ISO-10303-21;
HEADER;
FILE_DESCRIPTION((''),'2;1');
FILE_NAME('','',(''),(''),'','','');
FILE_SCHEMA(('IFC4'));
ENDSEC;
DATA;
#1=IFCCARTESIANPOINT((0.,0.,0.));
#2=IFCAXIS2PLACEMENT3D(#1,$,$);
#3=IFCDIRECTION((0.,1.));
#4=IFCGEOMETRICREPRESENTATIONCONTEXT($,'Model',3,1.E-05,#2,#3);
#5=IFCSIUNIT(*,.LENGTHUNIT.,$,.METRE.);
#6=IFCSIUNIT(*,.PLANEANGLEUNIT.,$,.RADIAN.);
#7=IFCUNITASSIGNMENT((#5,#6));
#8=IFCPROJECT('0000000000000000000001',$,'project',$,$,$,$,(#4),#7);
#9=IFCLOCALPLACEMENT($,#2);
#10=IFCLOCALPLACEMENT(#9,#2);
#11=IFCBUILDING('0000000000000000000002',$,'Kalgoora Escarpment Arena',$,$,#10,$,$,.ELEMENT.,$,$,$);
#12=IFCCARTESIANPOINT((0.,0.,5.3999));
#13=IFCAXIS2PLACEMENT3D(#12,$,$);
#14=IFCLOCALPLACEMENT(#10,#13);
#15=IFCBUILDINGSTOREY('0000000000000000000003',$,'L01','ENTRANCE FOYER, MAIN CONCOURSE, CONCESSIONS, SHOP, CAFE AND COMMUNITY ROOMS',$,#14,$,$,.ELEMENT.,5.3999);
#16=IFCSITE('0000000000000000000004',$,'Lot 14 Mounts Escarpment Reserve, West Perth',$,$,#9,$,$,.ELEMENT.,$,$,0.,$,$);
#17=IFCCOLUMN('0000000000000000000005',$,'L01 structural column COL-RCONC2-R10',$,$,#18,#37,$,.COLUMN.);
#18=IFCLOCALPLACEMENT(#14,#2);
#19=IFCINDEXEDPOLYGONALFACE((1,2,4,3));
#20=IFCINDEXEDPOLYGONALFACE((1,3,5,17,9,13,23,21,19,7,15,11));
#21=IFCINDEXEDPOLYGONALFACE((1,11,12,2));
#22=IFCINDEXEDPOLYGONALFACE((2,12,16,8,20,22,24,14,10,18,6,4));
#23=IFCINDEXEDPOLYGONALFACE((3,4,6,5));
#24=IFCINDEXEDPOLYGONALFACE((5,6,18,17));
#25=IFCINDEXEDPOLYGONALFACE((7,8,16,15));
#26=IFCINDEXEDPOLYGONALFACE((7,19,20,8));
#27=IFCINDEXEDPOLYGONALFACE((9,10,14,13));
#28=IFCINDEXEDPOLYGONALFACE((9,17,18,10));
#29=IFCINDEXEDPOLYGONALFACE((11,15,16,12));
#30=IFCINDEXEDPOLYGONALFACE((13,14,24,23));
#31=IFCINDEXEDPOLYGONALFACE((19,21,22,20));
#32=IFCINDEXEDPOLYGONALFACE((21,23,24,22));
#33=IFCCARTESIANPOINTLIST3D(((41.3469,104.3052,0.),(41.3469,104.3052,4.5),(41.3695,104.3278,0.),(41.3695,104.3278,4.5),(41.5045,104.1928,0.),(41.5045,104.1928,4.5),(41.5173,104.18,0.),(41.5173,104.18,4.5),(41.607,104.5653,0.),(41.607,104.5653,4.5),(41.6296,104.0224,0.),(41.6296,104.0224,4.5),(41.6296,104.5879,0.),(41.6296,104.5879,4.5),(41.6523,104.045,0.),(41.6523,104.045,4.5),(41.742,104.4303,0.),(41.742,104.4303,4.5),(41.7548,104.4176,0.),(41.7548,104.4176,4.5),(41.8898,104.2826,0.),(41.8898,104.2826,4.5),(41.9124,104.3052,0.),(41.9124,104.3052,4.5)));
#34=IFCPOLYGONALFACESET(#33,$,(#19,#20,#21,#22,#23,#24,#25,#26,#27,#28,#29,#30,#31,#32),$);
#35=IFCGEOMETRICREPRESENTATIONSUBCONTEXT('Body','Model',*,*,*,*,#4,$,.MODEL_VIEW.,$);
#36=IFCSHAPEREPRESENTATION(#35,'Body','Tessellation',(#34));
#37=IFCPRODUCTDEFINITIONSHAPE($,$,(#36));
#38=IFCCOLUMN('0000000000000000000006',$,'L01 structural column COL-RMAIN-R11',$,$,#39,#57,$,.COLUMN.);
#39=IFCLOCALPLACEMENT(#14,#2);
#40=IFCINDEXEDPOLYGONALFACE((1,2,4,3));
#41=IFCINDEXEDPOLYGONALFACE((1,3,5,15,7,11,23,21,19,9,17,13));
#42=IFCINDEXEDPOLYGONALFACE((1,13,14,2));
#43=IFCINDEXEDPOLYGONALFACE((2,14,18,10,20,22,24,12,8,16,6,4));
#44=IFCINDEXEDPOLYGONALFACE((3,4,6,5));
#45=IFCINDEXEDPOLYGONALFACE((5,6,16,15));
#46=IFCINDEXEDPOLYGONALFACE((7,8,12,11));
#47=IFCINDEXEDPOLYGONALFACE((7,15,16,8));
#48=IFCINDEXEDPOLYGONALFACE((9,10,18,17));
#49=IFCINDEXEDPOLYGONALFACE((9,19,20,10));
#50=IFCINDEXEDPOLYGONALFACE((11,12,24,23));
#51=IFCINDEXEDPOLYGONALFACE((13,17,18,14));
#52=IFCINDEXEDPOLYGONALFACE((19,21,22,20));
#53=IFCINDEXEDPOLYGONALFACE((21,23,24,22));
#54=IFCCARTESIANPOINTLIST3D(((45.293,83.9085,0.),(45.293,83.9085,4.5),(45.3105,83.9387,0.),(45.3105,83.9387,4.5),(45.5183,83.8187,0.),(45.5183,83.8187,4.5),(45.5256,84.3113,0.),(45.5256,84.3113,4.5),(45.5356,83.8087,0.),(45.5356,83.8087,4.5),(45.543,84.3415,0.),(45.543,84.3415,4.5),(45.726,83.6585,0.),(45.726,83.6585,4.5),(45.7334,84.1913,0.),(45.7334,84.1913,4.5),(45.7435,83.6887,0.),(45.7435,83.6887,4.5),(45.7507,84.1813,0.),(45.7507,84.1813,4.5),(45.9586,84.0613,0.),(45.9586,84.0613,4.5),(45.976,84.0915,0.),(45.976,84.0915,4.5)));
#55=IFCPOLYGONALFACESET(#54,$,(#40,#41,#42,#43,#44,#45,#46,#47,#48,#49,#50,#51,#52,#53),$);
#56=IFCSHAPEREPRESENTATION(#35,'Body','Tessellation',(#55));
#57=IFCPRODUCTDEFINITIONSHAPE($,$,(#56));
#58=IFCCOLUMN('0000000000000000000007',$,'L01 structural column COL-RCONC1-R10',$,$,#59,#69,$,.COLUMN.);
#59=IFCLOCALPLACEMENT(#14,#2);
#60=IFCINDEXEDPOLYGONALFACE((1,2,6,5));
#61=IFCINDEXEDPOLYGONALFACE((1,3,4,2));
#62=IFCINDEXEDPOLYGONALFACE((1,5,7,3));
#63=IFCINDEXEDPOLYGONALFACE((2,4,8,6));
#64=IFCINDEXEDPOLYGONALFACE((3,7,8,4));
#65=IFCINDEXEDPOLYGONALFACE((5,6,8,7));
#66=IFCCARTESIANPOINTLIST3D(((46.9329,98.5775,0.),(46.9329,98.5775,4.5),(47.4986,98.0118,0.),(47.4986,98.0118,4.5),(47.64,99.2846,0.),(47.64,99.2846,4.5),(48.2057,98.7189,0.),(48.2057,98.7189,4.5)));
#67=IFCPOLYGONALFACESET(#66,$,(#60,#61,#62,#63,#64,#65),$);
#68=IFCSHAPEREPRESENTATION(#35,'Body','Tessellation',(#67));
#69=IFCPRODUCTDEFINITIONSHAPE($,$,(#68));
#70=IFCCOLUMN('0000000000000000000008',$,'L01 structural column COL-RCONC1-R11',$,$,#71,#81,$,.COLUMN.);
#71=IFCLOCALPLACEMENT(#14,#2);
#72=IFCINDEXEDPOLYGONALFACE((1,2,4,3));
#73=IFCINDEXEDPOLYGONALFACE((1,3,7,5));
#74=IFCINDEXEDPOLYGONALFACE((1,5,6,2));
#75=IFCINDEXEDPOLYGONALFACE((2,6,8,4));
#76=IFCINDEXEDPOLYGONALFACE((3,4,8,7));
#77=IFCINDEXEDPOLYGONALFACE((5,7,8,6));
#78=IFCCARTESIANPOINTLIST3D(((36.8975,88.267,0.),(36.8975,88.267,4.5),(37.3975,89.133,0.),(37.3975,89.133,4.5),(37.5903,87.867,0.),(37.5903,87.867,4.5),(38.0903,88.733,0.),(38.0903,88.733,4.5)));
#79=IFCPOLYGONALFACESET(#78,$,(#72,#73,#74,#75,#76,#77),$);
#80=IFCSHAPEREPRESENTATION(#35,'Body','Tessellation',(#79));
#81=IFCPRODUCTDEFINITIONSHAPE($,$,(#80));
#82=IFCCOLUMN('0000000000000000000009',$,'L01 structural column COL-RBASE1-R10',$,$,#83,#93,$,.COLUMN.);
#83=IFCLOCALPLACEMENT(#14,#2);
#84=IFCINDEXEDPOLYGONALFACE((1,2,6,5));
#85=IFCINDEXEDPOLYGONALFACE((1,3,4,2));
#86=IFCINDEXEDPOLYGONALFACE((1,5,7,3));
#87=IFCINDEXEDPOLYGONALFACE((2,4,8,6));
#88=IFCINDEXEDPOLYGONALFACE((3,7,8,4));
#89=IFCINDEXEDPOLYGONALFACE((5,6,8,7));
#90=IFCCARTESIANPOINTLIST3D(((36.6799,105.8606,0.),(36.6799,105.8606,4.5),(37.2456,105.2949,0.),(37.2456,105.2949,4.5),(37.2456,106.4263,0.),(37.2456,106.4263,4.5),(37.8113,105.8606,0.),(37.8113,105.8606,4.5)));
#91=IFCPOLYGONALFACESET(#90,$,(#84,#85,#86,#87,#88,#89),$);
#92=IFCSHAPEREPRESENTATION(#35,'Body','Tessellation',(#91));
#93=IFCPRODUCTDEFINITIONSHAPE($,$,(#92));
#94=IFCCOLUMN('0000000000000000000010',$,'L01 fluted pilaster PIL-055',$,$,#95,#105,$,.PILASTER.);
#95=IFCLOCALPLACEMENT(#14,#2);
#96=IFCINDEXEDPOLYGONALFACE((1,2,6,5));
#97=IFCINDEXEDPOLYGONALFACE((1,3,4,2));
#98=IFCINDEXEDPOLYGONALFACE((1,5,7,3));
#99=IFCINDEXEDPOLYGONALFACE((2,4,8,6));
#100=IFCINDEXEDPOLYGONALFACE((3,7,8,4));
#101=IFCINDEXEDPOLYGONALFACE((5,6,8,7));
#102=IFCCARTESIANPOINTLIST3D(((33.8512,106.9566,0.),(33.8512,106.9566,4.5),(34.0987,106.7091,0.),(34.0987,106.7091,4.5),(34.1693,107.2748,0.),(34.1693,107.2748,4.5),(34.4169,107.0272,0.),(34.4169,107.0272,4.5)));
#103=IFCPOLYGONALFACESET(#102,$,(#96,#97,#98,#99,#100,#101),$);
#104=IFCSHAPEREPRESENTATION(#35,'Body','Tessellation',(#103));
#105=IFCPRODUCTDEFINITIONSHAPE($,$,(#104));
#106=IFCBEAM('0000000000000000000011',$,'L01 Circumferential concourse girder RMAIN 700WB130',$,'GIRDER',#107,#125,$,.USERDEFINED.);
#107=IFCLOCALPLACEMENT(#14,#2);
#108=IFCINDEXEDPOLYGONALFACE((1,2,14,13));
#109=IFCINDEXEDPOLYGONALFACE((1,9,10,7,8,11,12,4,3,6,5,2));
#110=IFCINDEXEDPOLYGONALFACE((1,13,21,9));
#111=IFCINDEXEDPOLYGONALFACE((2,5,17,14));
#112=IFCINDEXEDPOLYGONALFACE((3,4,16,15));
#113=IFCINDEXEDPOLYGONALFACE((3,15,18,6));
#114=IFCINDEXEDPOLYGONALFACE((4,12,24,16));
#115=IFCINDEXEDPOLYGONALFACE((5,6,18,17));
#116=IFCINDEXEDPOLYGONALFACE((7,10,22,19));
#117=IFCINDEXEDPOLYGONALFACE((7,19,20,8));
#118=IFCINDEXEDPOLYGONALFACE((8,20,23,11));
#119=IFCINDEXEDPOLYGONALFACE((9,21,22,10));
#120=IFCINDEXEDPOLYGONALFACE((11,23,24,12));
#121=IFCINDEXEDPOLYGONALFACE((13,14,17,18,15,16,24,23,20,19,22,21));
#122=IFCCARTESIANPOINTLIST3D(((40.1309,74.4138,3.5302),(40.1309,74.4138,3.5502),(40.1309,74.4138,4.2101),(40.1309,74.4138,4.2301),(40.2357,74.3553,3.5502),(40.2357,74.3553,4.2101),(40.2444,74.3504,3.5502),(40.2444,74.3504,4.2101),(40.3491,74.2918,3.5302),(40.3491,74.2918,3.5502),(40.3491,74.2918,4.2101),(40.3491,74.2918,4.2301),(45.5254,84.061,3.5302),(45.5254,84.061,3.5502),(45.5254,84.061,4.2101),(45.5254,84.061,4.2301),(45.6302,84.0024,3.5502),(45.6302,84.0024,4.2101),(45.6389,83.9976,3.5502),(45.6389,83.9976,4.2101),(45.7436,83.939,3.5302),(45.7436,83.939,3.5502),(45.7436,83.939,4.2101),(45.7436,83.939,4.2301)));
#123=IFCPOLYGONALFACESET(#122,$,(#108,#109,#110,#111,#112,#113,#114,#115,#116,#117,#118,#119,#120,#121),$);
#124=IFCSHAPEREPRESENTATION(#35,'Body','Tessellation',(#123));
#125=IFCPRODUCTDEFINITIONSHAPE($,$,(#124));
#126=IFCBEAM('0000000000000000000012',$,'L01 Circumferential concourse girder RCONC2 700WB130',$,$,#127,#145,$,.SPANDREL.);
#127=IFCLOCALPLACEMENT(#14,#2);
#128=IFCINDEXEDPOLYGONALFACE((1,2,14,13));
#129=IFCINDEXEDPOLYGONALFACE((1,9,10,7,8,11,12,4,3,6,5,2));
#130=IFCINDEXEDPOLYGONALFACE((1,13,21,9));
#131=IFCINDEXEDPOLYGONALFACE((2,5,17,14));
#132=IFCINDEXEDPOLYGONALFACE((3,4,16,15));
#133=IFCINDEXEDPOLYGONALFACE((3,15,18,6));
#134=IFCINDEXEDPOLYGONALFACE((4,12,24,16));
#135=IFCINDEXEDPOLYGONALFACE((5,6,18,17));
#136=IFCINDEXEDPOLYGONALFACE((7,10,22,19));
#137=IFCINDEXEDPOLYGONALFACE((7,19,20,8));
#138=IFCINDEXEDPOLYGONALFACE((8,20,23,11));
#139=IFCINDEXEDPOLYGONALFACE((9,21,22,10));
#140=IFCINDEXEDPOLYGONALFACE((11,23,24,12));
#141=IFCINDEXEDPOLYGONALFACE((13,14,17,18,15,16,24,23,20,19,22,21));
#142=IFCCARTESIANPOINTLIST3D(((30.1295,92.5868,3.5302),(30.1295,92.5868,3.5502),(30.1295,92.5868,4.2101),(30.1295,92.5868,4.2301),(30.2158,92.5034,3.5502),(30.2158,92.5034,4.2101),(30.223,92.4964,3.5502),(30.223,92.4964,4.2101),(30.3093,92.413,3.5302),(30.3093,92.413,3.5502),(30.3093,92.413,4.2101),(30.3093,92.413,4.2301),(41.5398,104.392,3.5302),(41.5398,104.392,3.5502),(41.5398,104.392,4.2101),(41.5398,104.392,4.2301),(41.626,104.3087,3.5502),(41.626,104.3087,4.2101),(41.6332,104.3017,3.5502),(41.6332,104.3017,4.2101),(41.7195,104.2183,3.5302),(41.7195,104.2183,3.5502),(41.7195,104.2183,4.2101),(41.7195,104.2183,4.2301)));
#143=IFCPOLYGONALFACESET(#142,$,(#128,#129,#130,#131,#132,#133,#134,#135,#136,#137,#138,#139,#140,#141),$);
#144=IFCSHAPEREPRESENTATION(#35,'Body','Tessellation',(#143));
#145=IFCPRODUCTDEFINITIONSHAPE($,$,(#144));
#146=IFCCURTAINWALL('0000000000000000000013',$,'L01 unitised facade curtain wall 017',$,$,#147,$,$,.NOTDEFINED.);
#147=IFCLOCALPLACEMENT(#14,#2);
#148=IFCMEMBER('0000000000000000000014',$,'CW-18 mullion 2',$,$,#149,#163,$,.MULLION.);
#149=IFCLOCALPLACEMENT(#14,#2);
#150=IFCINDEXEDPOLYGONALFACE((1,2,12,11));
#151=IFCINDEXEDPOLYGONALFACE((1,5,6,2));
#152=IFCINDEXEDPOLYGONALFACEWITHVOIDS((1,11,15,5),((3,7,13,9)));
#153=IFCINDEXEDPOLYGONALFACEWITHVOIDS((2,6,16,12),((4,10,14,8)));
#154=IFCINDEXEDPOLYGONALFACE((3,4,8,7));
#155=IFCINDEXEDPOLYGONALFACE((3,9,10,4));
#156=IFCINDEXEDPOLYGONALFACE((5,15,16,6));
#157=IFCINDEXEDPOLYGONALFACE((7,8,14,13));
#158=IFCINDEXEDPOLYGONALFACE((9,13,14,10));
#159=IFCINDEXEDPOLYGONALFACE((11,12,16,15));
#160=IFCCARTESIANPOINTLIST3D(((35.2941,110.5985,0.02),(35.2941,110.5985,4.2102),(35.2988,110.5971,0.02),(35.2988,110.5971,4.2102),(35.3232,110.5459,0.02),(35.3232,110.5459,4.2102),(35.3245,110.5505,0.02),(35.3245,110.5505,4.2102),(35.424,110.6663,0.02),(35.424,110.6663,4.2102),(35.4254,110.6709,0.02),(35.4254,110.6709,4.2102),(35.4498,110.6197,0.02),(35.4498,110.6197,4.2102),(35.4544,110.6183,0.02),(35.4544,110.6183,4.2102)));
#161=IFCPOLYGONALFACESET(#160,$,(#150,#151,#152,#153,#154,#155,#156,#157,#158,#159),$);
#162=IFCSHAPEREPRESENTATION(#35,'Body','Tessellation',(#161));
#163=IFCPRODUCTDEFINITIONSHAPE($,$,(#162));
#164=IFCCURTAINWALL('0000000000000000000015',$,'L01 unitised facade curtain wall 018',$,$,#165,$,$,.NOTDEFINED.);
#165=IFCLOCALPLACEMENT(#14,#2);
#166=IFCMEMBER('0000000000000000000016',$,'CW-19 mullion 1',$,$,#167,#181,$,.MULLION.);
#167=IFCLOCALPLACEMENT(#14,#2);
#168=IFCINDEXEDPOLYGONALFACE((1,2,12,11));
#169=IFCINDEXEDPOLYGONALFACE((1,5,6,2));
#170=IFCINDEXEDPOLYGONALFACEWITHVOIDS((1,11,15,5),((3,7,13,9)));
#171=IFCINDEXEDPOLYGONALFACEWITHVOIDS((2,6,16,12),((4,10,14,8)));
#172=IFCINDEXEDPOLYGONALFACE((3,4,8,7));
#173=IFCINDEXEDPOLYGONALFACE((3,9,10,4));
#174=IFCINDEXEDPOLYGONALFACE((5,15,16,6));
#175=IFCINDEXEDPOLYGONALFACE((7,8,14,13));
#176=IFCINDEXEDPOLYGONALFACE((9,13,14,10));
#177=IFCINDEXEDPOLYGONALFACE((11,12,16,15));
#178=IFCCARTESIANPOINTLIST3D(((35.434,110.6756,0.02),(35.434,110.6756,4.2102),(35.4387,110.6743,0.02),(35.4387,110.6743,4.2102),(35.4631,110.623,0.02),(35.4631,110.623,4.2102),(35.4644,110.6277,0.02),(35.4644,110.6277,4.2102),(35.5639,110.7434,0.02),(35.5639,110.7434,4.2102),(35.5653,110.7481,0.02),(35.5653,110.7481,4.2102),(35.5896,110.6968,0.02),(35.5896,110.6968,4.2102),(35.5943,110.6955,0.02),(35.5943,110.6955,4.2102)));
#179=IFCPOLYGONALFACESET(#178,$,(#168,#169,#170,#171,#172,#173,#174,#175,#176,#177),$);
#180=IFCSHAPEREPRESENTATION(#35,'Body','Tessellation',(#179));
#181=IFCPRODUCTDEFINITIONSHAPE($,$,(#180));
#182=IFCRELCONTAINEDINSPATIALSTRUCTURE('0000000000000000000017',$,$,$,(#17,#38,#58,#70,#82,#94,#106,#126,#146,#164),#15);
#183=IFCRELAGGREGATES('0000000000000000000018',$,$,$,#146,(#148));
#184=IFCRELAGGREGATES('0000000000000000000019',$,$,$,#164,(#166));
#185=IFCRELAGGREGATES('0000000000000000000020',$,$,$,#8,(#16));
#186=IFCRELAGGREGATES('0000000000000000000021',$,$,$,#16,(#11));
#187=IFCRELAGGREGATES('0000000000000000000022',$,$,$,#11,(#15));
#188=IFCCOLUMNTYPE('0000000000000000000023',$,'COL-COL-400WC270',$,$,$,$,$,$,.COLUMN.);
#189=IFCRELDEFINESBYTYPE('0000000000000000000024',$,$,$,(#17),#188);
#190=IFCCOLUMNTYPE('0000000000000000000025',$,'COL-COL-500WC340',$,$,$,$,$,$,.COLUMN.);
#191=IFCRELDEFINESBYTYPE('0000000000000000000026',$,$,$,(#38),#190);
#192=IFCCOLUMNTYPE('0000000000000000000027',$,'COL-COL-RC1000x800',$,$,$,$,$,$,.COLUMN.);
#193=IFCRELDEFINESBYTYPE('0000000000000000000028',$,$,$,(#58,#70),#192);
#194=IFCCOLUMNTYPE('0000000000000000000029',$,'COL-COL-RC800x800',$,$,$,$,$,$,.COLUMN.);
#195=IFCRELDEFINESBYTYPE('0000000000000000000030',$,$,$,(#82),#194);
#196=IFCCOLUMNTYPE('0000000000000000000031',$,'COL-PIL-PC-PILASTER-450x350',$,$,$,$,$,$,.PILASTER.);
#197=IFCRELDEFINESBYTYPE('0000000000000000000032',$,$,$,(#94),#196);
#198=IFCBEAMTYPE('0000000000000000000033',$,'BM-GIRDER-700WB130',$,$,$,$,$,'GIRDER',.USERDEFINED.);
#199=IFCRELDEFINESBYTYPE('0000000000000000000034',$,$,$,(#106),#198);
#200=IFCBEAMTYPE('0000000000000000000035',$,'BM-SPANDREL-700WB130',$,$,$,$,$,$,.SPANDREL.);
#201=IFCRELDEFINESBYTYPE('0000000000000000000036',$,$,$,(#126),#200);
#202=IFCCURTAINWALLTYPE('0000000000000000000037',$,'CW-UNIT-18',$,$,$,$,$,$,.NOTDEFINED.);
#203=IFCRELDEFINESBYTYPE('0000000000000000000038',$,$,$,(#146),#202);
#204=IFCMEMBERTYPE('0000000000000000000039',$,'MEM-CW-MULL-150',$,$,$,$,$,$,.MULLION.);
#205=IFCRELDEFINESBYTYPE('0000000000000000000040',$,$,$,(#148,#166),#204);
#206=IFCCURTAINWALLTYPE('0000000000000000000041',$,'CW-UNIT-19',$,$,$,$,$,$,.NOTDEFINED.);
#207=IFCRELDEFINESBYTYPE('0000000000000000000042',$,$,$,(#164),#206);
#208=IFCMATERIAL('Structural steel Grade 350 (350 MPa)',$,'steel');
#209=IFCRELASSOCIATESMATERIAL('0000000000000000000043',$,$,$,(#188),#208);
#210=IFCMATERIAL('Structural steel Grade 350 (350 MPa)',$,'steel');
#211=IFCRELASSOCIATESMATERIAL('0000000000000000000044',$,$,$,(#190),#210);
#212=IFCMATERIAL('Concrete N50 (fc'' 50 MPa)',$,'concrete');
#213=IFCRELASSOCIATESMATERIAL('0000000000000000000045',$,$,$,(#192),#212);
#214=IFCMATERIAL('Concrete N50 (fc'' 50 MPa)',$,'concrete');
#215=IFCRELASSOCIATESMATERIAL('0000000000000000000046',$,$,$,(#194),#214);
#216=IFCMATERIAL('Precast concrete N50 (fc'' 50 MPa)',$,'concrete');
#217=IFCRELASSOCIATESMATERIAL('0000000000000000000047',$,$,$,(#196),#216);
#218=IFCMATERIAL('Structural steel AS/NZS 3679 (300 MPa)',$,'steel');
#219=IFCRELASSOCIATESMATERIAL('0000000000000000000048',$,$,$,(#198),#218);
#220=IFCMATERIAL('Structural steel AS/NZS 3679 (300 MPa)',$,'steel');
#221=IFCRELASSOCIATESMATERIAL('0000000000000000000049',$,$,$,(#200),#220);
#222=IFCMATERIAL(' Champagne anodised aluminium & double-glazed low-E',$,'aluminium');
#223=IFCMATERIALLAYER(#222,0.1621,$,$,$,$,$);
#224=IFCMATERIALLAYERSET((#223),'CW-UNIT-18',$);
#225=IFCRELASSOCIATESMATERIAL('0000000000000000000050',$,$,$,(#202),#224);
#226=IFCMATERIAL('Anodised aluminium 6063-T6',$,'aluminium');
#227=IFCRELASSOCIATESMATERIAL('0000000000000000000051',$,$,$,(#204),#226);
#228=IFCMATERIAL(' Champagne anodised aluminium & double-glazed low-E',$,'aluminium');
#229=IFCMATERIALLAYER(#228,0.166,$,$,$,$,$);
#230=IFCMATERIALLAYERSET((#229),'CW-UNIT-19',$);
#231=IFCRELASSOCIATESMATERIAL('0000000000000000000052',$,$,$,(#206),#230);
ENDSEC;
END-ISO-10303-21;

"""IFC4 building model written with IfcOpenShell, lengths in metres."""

from ifc_helpers import new_model, si_unit, direction, frame, origin, origin_2d, place, context, subcontext, project, spatial, rectangle, hollow_rectangle, i_section, extrude, material, layer, layer_set, material_profile, profile_set, type_object, element, aggregate, save


model = new_model("IFC4")

# Units and contexts
model_context = context("Model", 3, precision=1e-05, world=origin(), true_north=direction((0.0, 1.0)))
body_context = subcontext(model_context, "Body", "Model", "MODEL_VIEW")
ifc_project = project(units=[si_unit("LENGTHUNIT", "METRE"), si_unit("PLANEANGLEUNIT", "RADIAN")], contexts=[model_context])

# Site, building, storey
site_placement = place(None, origin())
site = spatial("IfcSite", under=ifc_project, at=site_placement, Name="Lot 14 Mounts Escarpment Reserve, West Perth", CompositionType="ELEMENT", RefElevation=0.0)
building_placement = place(site_placement, origin())
building = spatial("IfcBuilding", under=site, at=building_placement, Name="Kalgoora Escarpment Arena", CompositionType="ELEMENT")
storey_placement = place(building_placement, frame((0.0, 0.0, 5.3999)))
storey = spatial("IfcBuildingStorey", under=building, at=storey_placement, Name="L01", Description="ENTRANCE FOYER, MAIN CONCOURSE, CONCESSIONS, SHOP, CAFE AND COMMUNITY ROOMS", CompositionType="ELEMENT", Elevation=5.3999)

# Columns
ifc_material_1 = material(Name="Structural steel Grade 350 (350 MPa)", Category="steel")
ifc_material_profile_1 = material_profile(ifc_material_1, i_section(OverallWidth=0.3999, OverallDepth=0.3999, WebThickness=0.0181, FlangeThickness=0.032, at=origin_2d()))
ifc_profile_set_1 = profile_set([ifc_material_profile_1], Name="Structural steel Grade 350 (350 MPa)")
column_type_1 = type_object("IfcColumnType", Name="COL-COL-400WC270", PredefinedType="COLUMN", material=ifc_profile_set_1)
column_1_placement = place(storey_placement, frame((41.6296, 104.3052, 0.0), z_axis=(0.0, 0.0, 1.0), x_axis=(-0.707107, 0.707107, 0.0)))
element("IfcColumn", 1, at=column_1_placement, inside=storey, type_object=column_type_1, Name="L01 structural column COL-RCONC2-R10", PredefinedType="COLUMN", context=body_context, shape_type="SweptSolid", body=[
    extrude(i_section(OverallWidth=0.3999, OverallDepth=0.3999, WebThickness=0.0181, FlangeThickness=0.032, at=origin_2d()), origin(), (0.0, 0.0, 1.0), 4.5),
])
ifc_material_2 = material(Name="Structural steel Grade 350 (350 MPa)", Category="steel")
ifc_material_profile_2 = material_profile(ifc_material_2, i_section(OverallWidth=0.5, OverallDepth=0.5, WebThickness=0.02, FlangeThickness=0.0349, at=origin_2d()))
ifc_profile_set_2 = profile_set([ifc_material_profile_2], Name="Structural steel Grade 350 (350 MPa)")
column_type_2 = type_object("IfcColumnType", Name="COL-COL-500WC340", PredefinedType="COLUMN", material=ifc_profile_set_2)
column_2_placement = place(storey_placement, frame((45.6345, 84.0, 0.0), z_axis=(0.0, 0.0, 1.0), x_axis=(-0.866025, 0.5, 0.0)))
element("IfcColumn", 2, at=column_2_placement, inside=storey, type_object=column_type_2, Name="L01 structural column COL-RMAIN-R11", PredefinedType="COLUMN", context=body_context, shape_type="SweptSolid", body=[
    extrude(i_section(OverallWidth=0.5, OverallDepth=0.5, WebThickness=0.02, FlangeThickness=0.0349, at=origin_2d()), origin(), (0.0, 0.0, 1.0), 4.5),
])
ifc_material_3 = material(Name="Concrete N50 (fc' 50 MPa)", Category="concrete")
ifc_material_profile_3 = material_profile(ifc_material_3, rectangle(XDim=0.8, YDim=1.0, at=origin_2d()))
ifc_profile_set_3 = profile_set([ifc_material_profile_3], Name="Concrete N50 (fc' 50 MPa)")
column_type_3 = type_object("IfcColumnType", Name="COL-COL-RC1000x800", PredefinedType="COLUMN", material=ifc_profile_set_3)
for number, where, z_axis, x_axis, name in (
    (3, (47.5693, 98.6482, 0.0), (0.0, 0.0, 1.0), (-0.707107, 0.707107, 0.0), "L01 structural column COL-RCONC1-R10"),
    (4, (37.4939, 88.5, 0.0), (0.0, 0.0, 1.0), (-0.866025, 0.5, 0.0), "L01 structural column COL-RCONC1-R11"),
):
    element("IfcColumn", number, at=place(storey_placement, frame(where, z_axis=z_axis, x_axis=x_axis)), inside=storey, type_object=column_type_3, Name=name, PredefinedType="COLUMN", context=body_context, shape_type="SweptSolid", body=[
        extrude(rectangle(XDim=0.8, YDim=1.0, at=origin_2d()), origin(), (0.0, 0.0, 1.0), 4.5),
    ])
ifc_material_4 = material(Name="Concrete N50 (fc' 50 MPa)", Category="concrete")
ifc_material_profile_4 = material_profile(ifc_material_4, rectangle(XDim=0.8, YDim=0.8, at=origin_2d()))
ifc_profile_set_4 = profile_set([ifc_material_profile_4], Name="Concrete N50 (fc' 50 MPa)")
column_type_4 = type_object("IfcColumnType", Name="COL-COL-RC800x800", PredefinedType="COLUMN", material=ifc_profile_set_4)
column_3_placement = place(storey_placement, frame((37.2456, 105.8606, 0.0), z_axis=(0.0, 0.0, 1.0), x_axis=(-0.707107, 0.707107, 0.0)))
element("IfcColumn", 5, at=column_3_placement, inside=storey, type_object=column_type_4, Name="L01 structural column COL-RBASE1-R10", PredefinedType="COLUMN", context=body_context, shape_type="SweptSolid", body=[
    extrude(rectangle(XDim=0.8, YDim=0.8, at=origin_2d()), origin(), (0.0, 0.0, 1.0), 4.5),
])
ifc_material_5 = material(Name="Precast concrete N50 (fc' 50 MPa)", Category="concrete")
ifc_material_profile_5 = material_profile(ifc_material_5, rectangle(XDim=0.3501, YDim=0.45, at=origin_2d()))
ifc_profile_set_5 = profile_set([ifc_material_profile_5], Name="Precast concrete N50 (fc' 50 MPa)")
column_type_5 = type_object("IfcColumnType", Name="COL-PIL-PC-PILASTER-450x350", PredefinedType="PILASTER", material=ifc_profile_set_5)
column_4_placement = place(storey_placement, frame((34.134, 106.9919, 0.0), z_axis=(0.0, 0.0, 1.0), x_axis=(-0.707107, 0.707107, 0.0)))
element("IfcColumn", 6, at=column_4_placement, inside=storey, type_object=column_type_5, Name="L01 fluted pilaster PIL-055", PredefinedType="PILASTER", context=body_context, shape_type="SweptSolid", body=[
    extrude(rectangle(XDim=0.3501, YDim=0.45, at=origin_2d()), origin(), (0.0, 0.0, 1.0), 4.5),
])

# Beams
ifc_material_6 = material(Name="Structural steel AS/NZS 3679 (300 MPa)", Category="steel")
ifc_material_profile_6 = material_profile(ifc_material_6, i_section(OverallWidth=0.25, OverallDepth=0.7, WebThickness=0.01, FlangeThickness=0.02, at=origin_2d()))
ifc_profile_set_6 = profile_set([ifc_material_profile_6], Name="Structural steel AS/NZS 3679 (300 MPa)")
beam_type_1 = type_object("IfcBeamType", Name="BM-GIRDER-700WB130", ElementType="GIRDER", PredefinedType="USERDEFINED", material=ifc_profile_set_6)
beam_1_placement = place(storey_placement, frame((45.6345, 84.0, 3.8801), z_axis=(-0.488058, -0.872811, 0.0), x_axis=(0.872811, -0.488058, 0.0)))
element("IfcBeam", 7, at=beam_1_placement, inside=storey, type_object=beam_type_1, Name="L01 Circumferential concourse girder RMAIN 700WB130", ObjectType="GIRDER", PredefinedType="USERDEFINED", context=body_context, shape_type="SweptSolid", body=[
    extrude(i_section(OverallWidth=0.25, OverallDepth=0.7, WebThickness=0.01, FlangeThickness=0.02, at=origin_2d()), origin(), (0.0, 0.0, 1.0), 11.053),
])
ifc_material_7 = material(Name="Structural steel AS/NZS 3679 (300 MPa)", Category="steel")
ifc_material_profile_7 = material_profile(ifc_material_7, i_section(OverallWidth=0.25, OverallDepth=0.7, WebThickness=0.01, FlangeThickness=0.02, at=origin_2d()))
ifc_profile_set_7 = profile_set([ifc_material_profile_7], Name="Structural steel AS/NZS 3679 (300 MPa)")
beam_type_2 = type_object("IfcBeamType", Name="BM-SPANDREL-700WB130", PredefinedType="SPANDREL", material=ifc_profile_set_7)
beam_2_placement = place(storey_placement, frame((41.6296, 104.3052, 3.8801), z_axis=(-0.694974, -0.719034, 0.0), x_axis=(0.719034, -0.694974, 0.0)))
element("IfcBeam", 8, at=beam_2_placement, inside=storey, type_object=beam_type_2, Name="L01 Circumferential concourse girder RCONC2 700WB130", PredefinedType="SPANDREL", context=body_context, shape_type="SweptSolid", body=[
    extrude(i_section(OverallWidth=0.25, OverallDepth=0.7, WebThickness=0.01, FlangeThickness=0.02, at=origin_2d()), origin(), (0.0, 0.0, 1.0), 16.4182),
])

# Curtain wall, member
ifc_material_8 = material(Name=" Champagne anodised aluminium & double-glazed low-E", Category="aluminium")
ifc_layer_1 = layer(ifc_material_8, 0.1621)
ifc_layer_set_1 = layer_set([ifc_layer_1], Name="CW-UNIT-18")
curtain_wall_type_1 = type_object("IfcCurtainWallType", Name="CW-UNIT-18", PredefinedType="NOTDEFINED", material=ifc_layer_set_1)
curtain_wall_1_placement = place(storey_placement, origin())
curtain_wall_1 = element("IfcCurtainWall", 9, at=curtain_wall_1_placement, inside=storey, type_object=curtain_wall_type_1, Name="L01 unitised facade curtain wall 017", PredefinedType="NOTDEFINED")
ifc_material_9 = material(Name="Anodised aluminium 6063-T6", Category="aluminium")
ifc_material_profile_8 = material_profile(ifc_material_9, hollow_rectangle(XDim=0.0601, YDim=0.1499, WallThickness=0.0034, at=origin_2d()))
ifc_profile_set_8 = profile_set([ifc_material_profile_8], Name="Anodised aluminium 6063-T6")
member_type_1 = type_object("IfcMemberType", Name="MEM-CW-MULL-150", PredefinedType="MULLION", material=ifc_profile_set_8)
member_1_placement = place(storey_placement, frame((35.3743, 110.6084, 0.02), z_axis=(0.0, 0.0, 1.0), x_axis=(-0.483359, 0.875423, 0.0)))
member_1 = element("IfcMember", 10, at=member_1_placement, type_object=member_type_1, Name="CW-18 mullion 2", PredefinedType="MULLION", context=body_context, shape_type="SweptSolid", body=[
    extrude(hollow_rectangle(XDim=0.0601, YDim=0.1499, WallThickness=0.0034, at=origin_2d()), origin(), (0.0, 0.0, 1.0), 4.1902),
])
aggregate(curtain_wall_1, [member_1])

# Curtain wall, member
ifc_material_10 = material(Name=" Champagne anodised aluminium & double-glazed low-E", Category="aluminium")
ifc_layer_2 = layer(ifc_material_10, 0.166)
ifc_layer_set_2 = layer_set([ifc_layer_2], Name="CW-UNIT-19")
curtain_wall_type_2 = type_object("IfcCurtainWallType", Name="CW-UNIT-19", PredefinedType="NOTDEFINED", material=ifc_layer_set_2)
curtain_wall_2_placement = place(storey_placement, origin())
curtain_wall_2 = element("IfcCurtainWall", 11, at=curtain_wall_2_placement, inside=storey, type_object=curtain_wall_type_2, Name="L01 unitised facade curtain wall 018", PredefinedType="NOTDEFINED")
member_2_placement = place(storey_placement, frame((35.5142, 110.6855, 0.02), z_axis=(0.0, 0.0, 1.0), x_axis=(-0.483332, 0.875437, 0.0)))
member_2 = element("IfcMember", 12, at=member_2_placement, type_object=member_type_1, Name="CW-19 mullion 1", PredefinedType="MULLION", context=body_context, shape_type="SweptSolid", body=[
    extrude(hollow_rectangle(XDim=0.0601, YDim=0.1499, WallThickness=0.0034, at=origin_2d()), origin(), (0.0, 0.0, 1.0), 4.1902),
])
aggregate(curtain_wall_2, [member_2])

save(model, "model.ifc")
